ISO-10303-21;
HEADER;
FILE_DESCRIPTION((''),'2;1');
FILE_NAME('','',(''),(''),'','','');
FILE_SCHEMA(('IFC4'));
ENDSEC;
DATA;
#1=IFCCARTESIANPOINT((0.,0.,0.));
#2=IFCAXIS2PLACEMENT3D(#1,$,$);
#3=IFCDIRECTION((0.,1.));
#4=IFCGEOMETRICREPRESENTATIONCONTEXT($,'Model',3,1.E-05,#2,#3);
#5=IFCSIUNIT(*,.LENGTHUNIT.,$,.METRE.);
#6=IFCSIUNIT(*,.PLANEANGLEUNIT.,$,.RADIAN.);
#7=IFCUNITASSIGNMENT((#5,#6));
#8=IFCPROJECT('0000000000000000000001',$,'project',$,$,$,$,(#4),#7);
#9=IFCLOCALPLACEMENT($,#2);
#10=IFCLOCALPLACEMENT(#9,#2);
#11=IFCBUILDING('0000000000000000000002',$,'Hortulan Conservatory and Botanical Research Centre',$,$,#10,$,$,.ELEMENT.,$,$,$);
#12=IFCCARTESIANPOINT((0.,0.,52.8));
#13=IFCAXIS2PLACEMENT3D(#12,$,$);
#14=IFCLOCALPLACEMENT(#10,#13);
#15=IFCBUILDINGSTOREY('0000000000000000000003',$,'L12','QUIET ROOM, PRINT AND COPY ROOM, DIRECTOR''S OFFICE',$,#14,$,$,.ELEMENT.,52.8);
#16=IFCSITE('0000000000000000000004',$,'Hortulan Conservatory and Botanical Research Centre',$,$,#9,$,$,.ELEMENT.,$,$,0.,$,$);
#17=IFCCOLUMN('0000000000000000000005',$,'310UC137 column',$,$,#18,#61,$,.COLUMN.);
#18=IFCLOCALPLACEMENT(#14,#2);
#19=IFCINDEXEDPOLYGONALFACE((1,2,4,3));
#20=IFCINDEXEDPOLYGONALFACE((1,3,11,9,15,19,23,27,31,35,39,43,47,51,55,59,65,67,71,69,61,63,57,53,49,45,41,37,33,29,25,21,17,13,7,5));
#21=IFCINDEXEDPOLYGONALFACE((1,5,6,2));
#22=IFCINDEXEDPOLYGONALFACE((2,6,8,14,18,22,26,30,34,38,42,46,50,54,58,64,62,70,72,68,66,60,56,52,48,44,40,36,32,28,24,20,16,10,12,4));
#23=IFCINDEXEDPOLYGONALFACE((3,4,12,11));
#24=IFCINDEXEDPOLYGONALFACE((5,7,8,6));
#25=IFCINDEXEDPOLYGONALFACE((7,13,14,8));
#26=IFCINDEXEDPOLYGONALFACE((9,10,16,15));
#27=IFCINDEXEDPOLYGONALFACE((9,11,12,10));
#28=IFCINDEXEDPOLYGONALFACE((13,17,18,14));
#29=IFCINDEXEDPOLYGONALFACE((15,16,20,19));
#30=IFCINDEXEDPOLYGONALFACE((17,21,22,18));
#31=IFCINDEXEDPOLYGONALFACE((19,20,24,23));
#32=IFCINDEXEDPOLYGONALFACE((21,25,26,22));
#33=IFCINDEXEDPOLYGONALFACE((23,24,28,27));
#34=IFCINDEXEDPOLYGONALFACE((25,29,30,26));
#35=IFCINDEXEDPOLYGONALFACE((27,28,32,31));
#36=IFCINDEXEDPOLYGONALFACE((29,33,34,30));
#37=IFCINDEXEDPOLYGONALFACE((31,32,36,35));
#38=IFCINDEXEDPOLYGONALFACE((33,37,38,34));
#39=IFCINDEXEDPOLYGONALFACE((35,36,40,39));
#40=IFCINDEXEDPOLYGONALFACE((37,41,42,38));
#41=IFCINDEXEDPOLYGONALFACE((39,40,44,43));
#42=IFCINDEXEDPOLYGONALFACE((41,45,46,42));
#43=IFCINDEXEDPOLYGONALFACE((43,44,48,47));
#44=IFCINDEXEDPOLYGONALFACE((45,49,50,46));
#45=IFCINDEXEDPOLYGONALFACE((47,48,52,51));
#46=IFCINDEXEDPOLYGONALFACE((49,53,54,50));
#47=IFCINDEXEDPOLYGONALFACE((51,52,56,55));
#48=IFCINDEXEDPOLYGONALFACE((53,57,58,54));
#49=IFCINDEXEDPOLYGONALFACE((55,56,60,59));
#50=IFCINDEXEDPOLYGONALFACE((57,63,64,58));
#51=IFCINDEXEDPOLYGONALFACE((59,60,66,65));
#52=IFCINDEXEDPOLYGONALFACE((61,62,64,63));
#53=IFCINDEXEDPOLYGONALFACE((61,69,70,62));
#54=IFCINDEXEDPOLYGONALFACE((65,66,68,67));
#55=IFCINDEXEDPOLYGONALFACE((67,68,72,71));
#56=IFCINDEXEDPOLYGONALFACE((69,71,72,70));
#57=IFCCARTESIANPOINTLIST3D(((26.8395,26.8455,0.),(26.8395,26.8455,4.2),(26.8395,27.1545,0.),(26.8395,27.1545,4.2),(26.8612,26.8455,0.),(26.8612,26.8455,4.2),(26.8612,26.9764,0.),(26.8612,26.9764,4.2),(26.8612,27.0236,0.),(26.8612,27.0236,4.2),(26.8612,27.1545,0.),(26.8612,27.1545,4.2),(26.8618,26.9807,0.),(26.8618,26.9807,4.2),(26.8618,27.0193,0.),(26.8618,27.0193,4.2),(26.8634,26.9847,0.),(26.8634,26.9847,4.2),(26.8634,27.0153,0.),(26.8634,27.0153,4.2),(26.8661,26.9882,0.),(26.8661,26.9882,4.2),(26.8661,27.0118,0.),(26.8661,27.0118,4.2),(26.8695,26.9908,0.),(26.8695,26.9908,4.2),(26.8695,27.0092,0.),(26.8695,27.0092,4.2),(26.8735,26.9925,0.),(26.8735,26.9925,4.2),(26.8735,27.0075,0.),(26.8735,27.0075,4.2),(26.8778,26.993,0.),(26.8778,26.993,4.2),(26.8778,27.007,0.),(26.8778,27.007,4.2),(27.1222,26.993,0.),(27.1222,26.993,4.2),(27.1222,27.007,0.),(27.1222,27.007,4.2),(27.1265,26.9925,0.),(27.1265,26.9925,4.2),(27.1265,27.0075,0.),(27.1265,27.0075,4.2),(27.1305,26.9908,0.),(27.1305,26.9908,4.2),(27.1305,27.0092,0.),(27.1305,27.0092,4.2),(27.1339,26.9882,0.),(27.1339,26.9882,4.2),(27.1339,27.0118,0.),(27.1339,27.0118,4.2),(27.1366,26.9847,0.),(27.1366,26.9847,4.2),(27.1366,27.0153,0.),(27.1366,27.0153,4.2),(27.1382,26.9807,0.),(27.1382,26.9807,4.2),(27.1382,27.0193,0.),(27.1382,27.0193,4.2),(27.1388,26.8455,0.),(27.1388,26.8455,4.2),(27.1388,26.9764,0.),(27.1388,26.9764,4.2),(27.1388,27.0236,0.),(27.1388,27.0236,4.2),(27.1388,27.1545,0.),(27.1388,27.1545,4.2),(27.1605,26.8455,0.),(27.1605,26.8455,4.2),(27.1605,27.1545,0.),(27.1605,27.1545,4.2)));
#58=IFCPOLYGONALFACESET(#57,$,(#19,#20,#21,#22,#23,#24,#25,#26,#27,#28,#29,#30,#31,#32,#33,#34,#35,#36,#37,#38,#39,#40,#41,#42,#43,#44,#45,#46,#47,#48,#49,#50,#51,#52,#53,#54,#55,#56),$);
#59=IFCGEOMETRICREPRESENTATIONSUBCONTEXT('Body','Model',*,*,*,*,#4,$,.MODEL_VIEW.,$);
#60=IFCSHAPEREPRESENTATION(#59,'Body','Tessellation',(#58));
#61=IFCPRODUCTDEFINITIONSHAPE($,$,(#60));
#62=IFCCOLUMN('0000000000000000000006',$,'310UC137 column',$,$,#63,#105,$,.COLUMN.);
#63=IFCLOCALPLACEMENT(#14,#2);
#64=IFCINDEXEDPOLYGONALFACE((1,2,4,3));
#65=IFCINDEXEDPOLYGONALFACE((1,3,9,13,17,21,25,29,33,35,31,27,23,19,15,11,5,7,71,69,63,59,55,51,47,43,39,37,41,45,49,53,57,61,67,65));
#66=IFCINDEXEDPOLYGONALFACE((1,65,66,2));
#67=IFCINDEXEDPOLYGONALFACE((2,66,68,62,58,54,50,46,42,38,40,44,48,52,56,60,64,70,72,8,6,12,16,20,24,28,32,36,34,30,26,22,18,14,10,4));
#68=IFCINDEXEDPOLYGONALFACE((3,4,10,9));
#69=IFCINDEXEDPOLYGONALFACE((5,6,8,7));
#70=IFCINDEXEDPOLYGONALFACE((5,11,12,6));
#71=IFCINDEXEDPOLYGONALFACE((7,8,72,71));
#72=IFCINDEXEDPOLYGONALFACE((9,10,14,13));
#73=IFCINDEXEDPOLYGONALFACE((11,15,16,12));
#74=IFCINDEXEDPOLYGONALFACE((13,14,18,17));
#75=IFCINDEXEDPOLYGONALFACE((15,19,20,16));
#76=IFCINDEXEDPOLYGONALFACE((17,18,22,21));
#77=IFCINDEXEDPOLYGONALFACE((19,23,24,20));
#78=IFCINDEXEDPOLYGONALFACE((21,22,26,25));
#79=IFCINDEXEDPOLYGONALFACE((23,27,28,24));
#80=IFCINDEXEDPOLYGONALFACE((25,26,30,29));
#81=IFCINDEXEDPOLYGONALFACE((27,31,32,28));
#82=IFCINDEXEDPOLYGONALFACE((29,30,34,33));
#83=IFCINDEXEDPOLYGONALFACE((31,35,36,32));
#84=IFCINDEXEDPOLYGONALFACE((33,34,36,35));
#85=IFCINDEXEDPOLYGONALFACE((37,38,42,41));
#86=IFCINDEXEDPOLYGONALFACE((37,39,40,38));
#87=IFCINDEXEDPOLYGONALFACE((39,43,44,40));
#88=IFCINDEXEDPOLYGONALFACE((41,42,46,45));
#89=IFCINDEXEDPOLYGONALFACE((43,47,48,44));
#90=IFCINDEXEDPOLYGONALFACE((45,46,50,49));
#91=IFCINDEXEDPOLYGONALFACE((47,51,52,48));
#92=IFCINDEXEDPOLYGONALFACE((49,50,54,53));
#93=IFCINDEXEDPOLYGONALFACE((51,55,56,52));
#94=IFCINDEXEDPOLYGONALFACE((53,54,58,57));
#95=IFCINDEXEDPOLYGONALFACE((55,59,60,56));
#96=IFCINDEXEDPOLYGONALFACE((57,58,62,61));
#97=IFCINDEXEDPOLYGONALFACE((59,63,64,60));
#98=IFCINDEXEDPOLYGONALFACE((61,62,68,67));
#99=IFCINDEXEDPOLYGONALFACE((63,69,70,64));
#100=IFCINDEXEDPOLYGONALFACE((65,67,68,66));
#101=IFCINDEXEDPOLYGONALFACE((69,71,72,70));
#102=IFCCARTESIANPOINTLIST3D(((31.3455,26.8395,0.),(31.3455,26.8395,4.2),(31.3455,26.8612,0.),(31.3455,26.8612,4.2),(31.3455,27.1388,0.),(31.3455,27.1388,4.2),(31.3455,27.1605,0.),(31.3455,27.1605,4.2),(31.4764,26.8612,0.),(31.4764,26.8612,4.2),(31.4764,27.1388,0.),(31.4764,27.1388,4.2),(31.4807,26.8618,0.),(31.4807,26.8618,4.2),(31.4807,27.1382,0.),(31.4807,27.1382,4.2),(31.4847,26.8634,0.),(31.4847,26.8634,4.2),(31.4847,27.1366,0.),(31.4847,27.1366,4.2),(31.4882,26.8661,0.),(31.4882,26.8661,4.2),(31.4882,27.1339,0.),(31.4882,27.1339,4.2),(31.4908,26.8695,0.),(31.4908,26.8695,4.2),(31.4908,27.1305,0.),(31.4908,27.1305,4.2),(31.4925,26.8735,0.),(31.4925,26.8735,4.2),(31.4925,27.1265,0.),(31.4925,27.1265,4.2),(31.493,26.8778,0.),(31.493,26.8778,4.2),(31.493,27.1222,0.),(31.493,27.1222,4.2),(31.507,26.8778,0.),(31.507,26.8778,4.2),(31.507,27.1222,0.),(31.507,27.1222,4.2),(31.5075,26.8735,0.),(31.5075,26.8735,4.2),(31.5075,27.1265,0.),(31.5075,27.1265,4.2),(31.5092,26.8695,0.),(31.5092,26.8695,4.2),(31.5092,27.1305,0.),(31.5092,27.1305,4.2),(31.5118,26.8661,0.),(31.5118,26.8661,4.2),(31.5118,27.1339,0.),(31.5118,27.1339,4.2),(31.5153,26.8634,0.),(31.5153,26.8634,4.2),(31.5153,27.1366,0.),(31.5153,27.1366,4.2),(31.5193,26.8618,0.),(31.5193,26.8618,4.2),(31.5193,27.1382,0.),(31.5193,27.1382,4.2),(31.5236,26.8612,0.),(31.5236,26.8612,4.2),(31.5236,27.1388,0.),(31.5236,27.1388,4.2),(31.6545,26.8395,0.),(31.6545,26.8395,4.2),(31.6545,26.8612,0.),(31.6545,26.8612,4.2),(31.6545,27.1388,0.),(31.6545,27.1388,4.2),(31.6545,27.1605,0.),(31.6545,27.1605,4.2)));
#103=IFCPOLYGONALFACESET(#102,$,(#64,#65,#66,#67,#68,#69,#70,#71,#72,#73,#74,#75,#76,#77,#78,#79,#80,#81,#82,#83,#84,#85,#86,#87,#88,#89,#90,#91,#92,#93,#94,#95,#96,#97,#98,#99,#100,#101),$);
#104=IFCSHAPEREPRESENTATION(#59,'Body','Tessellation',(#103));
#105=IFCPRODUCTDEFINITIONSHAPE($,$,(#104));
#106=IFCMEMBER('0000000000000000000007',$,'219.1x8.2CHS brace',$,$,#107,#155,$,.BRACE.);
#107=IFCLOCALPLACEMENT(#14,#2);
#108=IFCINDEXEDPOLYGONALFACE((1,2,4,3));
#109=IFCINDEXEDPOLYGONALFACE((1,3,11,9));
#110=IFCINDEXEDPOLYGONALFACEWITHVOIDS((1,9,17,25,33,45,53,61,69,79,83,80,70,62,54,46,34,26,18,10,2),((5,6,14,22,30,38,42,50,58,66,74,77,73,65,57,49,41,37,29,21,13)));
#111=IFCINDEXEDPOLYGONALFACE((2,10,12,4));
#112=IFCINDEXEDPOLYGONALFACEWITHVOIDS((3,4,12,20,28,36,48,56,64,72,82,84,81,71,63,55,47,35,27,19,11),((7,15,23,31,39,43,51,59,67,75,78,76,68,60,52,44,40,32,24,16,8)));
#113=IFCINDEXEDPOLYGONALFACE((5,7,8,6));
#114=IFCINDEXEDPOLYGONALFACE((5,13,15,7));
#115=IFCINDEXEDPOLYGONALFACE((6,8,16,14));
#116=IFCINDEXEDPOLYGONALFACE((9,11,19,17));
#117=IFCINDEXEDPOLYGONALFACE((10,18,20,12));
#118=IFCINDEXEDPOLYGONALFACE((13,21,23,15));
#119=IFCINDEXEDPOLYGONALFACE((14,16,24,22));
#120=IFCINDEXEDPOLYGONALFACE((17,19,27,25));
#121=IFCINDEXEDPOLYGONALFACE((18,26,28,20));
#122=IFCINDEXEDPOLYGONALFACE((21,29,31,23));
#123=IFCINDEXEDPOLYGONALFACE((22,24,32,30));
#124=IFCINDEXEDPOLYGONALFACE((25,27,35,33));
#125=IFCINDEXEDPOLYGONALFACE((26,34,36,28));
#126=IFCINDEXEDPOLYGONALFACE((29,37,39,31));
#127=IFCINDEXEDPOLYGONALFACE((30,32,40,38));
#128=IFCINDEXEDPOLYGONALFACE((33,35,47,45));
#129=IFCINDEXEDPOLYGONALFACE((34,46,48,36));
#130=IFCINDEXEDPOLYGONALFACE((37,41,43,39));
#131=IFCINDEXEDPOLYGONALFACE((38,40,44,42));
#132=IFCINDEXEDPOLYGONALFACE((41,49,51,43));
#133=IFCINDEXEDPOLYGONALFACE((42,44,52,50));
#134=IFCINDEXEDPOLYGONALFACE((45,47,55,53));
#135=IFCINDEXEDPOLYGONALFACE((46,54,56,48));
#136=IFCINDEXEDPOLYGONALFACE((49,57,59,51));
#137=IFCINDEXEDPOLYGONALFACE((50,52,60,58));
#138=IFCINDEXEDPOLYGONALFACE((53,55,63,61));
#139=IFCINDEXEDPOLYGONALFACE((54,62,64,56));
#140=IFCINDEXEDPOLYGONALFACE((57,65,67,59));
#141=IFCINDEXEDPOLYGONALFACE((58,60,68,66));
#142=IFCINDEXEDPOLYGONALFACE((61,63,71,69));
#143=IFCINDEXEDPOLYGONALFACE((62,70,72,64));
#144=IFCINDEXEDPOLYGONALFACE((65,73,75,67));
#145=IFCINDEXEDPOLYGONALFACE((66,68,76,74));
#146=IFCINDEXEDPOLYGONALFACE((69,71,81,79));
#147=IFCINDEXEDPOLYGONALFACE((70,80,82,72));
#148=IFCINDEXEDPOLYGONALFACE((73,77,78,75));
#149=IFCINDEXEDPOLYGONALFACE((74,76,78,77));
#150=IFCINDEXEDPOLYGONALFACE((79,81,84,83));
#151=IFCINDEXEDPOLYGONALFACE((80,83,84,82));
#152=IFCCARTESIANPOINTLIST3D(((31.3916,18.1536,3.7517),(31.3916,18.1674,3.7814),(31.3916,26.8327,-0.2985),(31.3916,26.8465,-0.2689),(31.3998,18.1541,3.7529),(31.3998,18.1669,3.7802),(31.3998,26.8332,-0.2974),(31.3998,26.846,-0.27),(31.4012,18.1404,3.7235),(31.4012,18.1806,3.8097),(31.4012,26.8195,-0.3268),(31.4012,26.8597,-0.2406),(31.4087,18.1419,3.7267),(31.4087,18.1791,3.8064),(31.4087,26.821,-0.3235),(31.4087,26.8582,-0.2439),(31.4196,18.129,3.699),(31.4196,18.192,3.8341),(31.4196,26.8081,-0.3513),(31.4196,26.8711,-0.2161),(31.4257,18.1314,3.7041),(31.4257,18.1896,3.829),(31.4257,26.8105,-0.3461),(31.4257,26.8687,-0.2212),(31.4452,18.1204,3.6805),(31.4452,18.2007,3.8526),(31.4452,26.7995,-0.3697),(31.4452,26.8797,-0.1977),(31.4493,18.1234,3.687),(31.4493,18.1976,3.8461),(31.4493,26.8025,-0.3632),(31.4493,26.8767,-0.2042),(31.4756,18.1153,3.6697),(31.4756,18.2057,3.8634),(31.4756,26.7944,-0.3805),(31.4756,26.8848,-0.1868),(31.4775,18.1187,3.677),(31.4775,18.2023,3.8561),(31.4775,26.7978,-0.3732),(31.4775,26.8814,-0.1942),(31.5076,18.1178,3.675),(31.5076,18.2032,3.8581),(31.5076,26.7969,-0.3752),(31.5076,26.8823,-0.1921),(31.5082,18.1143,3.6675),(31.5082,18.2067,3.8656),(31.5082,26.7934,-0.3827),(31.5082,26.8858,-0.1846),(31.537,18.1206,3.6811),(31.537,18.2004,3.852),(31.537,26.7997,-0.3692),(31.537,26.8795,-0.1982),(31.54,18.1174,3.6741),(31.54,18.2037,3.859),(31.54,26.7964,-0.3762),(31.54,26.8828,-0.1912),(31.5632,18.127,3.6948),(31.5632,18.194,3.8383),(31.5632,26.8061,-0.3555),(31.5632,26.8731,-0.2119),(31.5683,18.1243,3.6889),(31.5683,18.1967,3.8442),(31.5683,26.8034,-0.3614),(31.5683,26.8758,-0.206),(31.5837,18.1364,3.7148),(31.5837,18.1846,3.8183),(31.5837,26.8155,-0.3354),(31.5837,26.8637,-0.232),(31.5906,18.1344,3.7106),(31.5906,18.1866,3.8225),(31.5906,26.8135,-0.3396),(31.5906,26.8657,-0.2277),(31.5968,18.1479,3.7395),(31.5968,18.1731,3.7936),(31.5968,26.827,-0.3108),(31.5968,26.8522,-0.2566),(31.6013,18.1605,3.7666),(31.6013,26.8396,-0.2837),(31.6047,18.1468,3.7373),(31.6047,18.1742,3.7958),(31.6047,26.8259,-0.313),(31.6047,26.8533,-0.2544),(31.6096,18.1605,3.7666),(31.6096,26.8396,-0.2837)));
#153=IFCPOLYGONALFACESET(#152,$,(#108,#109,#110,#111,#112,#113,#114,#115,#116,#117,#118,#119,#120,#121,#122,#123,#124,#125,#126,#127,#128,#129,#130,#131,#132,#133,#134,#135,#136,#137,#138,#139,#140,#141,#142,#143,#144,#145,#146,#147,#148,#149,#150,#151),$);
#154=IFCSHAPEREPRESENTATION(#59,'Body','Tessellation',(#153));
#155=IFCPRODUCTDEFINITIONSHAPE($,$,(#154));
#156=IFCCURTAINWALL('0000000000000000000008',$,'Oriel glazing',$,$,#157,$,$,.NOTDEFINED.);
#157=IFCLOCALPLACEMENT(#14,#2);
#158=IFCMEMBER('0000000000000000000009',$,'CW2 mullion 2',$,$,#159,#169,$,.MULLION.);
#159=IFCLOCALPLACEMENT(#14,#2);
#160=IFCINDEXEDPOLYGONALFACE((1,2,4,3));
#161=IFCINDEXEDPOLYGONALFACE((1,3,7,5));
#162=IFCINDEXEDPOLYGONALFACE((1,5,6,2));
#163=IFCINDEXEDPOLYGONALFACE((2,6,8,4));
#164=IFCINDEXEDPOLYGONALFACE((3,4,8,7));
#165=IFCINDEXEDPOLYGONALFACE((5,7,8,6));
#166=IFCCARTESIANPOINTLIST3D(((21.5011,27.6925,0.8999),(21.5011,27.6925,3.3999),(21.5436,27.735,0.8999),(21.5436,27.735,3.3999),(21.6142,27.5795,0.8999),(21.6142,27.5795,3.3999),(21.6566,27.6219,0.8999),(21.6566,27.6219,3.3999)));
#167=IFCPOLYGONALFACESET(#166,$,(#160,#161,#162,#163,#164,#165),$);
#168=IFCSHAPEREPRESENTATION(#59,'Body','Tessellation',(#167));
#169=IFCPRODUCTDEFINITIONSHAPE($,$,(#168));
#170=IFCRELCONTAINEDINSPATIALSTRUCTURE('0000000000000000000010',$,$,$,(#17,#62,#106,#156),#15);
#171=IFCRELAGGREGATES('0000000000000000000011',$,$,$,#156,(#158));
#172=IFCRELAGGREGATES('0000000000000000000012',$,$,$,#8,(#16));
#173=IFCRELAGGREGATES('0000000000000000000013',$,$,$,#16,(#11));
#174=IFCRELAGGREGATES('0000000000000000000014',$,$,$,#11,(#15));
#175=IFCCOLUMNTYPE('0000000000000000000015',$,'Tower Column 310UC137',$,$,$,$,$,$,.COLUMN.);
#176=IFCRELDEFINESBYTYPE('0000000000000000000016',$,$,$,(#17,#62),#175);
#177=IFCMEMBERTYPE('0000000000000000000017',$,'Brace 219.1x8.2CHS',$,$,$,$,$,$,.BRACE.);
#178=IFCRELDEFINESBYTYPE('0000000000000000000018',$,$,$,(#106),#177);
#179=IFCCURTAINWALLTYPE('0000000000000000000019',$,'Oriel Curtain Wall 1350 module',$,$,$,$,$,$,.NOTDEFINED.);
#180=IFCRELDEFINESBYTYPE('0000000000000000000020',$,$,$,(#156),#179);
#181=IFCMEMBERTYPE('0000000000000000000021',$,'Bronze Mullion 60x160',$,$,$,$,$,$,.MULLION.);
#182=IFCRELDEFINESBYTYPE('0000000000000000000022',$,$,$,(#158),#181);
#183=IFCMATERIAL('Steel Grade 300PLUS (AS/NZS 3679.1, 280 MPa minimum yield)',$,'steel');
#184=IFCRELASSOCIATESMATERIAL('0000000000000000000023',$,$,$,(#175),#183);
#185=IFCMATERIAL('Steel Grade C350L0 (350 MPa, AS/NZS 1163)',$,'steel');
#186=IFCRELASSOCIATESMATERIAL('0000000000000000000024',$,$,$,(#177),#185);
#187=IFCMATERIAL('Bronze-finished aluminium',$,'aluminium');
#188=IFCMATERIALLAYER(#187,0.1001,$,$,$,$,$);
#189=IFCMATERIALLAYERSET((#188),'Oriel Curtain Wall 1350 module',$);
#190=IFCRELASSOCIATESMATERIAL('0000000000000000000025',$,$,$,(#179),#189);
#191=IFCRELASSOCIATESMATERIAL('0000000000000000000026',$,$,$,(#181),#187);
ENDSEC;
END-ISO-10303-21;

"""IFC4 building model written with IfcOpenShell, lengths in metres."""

from ifc_helpers import new_model, si_unit, direction, frame, origin, origin_2d, place, context, subcontext, project, spatial, rectangle, hollow_circle, i_section, extrude, material, layer, layer_set, material_profile, profile_set, type_object, element, aggregate, save


model = new_model("IFC4")

# Units and contexts
model_context = context("Model", 3, precision=1e-05, world=origin(), true_north=direction((0.0, 1.0)))
body_context = subcontext(model_context, "Body", "Model", "MODEL_VIEW")
ifc_project = project(units=[si_unit("LENGTHUNIT", "METRE"), si_unit("PLANEANGLEUNIT", "RADIAN")], contexts=[model_context])

# Site, building, storey
site_placement = place(None, origin())
site = spatial("IfcSite", under=ifc_project, at=site_placement, Name="Hortulan Conservatory and Botanical Research Centre", CompositionType="ELEMENT", RefElevation=0.0)
building_placement = place(site_placement, origin())
building = spatial("IfcBuilding", under=site, at=building_placement, Name="Hortulan Conservatory and Botanical Research Centre", CompositionType="ELEMENT")
storey_placement = place(building_placement, frame((0.0, 0.0, 52.8)))
storey = spatial("IfcBuildingStorey", under=building, at=storey_placement, Name="L12", Description="QUIET ROOM, PRINT AND COPY ROOM, DIRECTOR'S OFFICE", CompositionType="ELEMENT", Elevation=52.8)

# Columns
ifc_material_1 = material(Name="Steel Grade 300PLUS (AS/NZS 3679.1, 280 MPa minimum yield)", Category="steel")
ifc_material_profile_1 = material_profile(ifc_material_1, i_section(OverallWidth=0.3091, OverallDepth=0.321, WebThickness=0.0139, FlangeThickness=0.0217, FilletRadius=0.0166, at=origin_2d()), Name="310UC137")
ifc_profile_set_1 = profile_set([ifc_material_profile_1], Name="Steel Grade 300PLUS (AS/NZS 3679.1, 280 MPa minimum yield)")
column_type = type_object("IfcColumnType", Name="Tower Column 310UC137", PredefinedType="COLUMN", material=ifc_profile_set_1)
for number, where, z_axis, x_axis, name in (
    (1, (27.0, 27.0, 0.0), (0.0, 0.0, 1.0), (0.0, 1.0, 0.0), "310UC137 column"),
    (2, (31.5, 27.0, 0.0), (0.0, 0.0, 1.0), (1.0, 0.0, 0.0), "310UC137 column"),
):
    element("IfcColumn", number, at=place(storey_placement, frame(where, z_axis=z_axis, x_axis=x_axis)), inside=storey, type_object=column_type, Name=name, PredefinedType="COLUMN", context=body_context, shape_type="SweptSolid", body=[
        extrude(i_section(OverallWidth=0.3091, OverallDepth=0.321, WebThickness=0.0139, FlangeThickness=0.0217, FilletRadius=0.0166, at=origin_2d()), origin(), (0.0, 0.0, 1.0), 4.2),
    ])

# Member
ifc_material_2 = material(Name="Steel Grade C350L0 (350 MPa, AS/NZS 1163)", Category="steel")
ifc_material_profile_2 = material_profile(ifc_material_2, hollow_circle(Radius=0.1096, WallThickness=0.0083, at=origin_2d()), Name="219.1x8.2CHS")
ifc_profile_set_2 = profile_set([ifc_material_profile_2], Name="Steel Grade C350L0 (350 MPa, AS/NZS 1163)")
member_type_1 = type_object("IfcMemberType", Name="Brace 219.1x8.2CHS", PredefinedType="BRACE", material=ifc_profile_set_2)
member_1_placement = place(storey_placement, frame((31.5, 26.8396, -0.2837), z_axis=(0.0, -0.906183, 0.422885), x_axis=(1.0, 0.0, 0.0)))
element("IfcMember", 3, at=member_1_placement, inside=storey, type_object=member_type_1, Name="219.1x8.2CHS brace", PredefinedType="BRACE", context=body_context, shape_type="SweptSolid", body=[
    extrude(hollow_circle(Radius=0.1096, WallThickness=0.0083, at=origin_2d()), origin(), (0.0, 0.0, 1.0), 9.5776),
])

# Curtain wall, member
ifc_material_3 = material(Name="Bronze-finished aluminium", Category="aluminium")
ifc_layer_1 = layer(ifc_material_3, 0.1001)
ifc_layer_set_1 = layer_set([ifc_layer_1], Name="Oriel Curtain Wall 1350 module")
curtain_wall_type = type_object("IfcCurtainWallType", Name="Oriel Curtain Wall 1350 module", PredefinedType="NOTDEFINED", material=ifc_layer_set_1)
curtain_wall_placement = place(storey_placement, origin())
curtain_wall = element("IfcCurtainWall", 4, at=curtain_wall_placement, inside=storey, type_object=curtain_wall_type, Name="Oriel glazing", PredefinedType="NOTDEFINED")
ifc_material_profile_3 = material_profile(ifc_material_3, rectangle(XDim=0.0601, YDim=0.1599, at=origin_2d()), Name="Bronze Mullion 60x160")
ifc_profile_set_3 = profile_set([ifc_material_profile_3], Name="Bronze-finished aluminium")
member_type_2 = type_object("IfcMemberType", Name="Bronze Mullion 60x160", PredefinedType="MULLION", material=ifc_profile_set_3)
member_2_placement = place(storey_placement, frame((21.5789, 27.6572, 0.8999), z_axis=(0.0, 0.0, 1.0), x_axis=(0.707107, 0.707107, 0.0)))
member_2 = element("IfcMember", 5, at=member_2_placement, type_object=member_type_2, Name="CW2 mullion 2", PredefinedType="MULLION", context=body_context, shape_type="SweptSolid", body=[
    extrude(rectangle(XDim=0.0601, YDim=0.1599, at=origin_2d()), origin(), (0.0, 0.0, 1.0), 2.5),
])

aggregate(curtain_wall, [member_2])

save(model, "model.ifc")
